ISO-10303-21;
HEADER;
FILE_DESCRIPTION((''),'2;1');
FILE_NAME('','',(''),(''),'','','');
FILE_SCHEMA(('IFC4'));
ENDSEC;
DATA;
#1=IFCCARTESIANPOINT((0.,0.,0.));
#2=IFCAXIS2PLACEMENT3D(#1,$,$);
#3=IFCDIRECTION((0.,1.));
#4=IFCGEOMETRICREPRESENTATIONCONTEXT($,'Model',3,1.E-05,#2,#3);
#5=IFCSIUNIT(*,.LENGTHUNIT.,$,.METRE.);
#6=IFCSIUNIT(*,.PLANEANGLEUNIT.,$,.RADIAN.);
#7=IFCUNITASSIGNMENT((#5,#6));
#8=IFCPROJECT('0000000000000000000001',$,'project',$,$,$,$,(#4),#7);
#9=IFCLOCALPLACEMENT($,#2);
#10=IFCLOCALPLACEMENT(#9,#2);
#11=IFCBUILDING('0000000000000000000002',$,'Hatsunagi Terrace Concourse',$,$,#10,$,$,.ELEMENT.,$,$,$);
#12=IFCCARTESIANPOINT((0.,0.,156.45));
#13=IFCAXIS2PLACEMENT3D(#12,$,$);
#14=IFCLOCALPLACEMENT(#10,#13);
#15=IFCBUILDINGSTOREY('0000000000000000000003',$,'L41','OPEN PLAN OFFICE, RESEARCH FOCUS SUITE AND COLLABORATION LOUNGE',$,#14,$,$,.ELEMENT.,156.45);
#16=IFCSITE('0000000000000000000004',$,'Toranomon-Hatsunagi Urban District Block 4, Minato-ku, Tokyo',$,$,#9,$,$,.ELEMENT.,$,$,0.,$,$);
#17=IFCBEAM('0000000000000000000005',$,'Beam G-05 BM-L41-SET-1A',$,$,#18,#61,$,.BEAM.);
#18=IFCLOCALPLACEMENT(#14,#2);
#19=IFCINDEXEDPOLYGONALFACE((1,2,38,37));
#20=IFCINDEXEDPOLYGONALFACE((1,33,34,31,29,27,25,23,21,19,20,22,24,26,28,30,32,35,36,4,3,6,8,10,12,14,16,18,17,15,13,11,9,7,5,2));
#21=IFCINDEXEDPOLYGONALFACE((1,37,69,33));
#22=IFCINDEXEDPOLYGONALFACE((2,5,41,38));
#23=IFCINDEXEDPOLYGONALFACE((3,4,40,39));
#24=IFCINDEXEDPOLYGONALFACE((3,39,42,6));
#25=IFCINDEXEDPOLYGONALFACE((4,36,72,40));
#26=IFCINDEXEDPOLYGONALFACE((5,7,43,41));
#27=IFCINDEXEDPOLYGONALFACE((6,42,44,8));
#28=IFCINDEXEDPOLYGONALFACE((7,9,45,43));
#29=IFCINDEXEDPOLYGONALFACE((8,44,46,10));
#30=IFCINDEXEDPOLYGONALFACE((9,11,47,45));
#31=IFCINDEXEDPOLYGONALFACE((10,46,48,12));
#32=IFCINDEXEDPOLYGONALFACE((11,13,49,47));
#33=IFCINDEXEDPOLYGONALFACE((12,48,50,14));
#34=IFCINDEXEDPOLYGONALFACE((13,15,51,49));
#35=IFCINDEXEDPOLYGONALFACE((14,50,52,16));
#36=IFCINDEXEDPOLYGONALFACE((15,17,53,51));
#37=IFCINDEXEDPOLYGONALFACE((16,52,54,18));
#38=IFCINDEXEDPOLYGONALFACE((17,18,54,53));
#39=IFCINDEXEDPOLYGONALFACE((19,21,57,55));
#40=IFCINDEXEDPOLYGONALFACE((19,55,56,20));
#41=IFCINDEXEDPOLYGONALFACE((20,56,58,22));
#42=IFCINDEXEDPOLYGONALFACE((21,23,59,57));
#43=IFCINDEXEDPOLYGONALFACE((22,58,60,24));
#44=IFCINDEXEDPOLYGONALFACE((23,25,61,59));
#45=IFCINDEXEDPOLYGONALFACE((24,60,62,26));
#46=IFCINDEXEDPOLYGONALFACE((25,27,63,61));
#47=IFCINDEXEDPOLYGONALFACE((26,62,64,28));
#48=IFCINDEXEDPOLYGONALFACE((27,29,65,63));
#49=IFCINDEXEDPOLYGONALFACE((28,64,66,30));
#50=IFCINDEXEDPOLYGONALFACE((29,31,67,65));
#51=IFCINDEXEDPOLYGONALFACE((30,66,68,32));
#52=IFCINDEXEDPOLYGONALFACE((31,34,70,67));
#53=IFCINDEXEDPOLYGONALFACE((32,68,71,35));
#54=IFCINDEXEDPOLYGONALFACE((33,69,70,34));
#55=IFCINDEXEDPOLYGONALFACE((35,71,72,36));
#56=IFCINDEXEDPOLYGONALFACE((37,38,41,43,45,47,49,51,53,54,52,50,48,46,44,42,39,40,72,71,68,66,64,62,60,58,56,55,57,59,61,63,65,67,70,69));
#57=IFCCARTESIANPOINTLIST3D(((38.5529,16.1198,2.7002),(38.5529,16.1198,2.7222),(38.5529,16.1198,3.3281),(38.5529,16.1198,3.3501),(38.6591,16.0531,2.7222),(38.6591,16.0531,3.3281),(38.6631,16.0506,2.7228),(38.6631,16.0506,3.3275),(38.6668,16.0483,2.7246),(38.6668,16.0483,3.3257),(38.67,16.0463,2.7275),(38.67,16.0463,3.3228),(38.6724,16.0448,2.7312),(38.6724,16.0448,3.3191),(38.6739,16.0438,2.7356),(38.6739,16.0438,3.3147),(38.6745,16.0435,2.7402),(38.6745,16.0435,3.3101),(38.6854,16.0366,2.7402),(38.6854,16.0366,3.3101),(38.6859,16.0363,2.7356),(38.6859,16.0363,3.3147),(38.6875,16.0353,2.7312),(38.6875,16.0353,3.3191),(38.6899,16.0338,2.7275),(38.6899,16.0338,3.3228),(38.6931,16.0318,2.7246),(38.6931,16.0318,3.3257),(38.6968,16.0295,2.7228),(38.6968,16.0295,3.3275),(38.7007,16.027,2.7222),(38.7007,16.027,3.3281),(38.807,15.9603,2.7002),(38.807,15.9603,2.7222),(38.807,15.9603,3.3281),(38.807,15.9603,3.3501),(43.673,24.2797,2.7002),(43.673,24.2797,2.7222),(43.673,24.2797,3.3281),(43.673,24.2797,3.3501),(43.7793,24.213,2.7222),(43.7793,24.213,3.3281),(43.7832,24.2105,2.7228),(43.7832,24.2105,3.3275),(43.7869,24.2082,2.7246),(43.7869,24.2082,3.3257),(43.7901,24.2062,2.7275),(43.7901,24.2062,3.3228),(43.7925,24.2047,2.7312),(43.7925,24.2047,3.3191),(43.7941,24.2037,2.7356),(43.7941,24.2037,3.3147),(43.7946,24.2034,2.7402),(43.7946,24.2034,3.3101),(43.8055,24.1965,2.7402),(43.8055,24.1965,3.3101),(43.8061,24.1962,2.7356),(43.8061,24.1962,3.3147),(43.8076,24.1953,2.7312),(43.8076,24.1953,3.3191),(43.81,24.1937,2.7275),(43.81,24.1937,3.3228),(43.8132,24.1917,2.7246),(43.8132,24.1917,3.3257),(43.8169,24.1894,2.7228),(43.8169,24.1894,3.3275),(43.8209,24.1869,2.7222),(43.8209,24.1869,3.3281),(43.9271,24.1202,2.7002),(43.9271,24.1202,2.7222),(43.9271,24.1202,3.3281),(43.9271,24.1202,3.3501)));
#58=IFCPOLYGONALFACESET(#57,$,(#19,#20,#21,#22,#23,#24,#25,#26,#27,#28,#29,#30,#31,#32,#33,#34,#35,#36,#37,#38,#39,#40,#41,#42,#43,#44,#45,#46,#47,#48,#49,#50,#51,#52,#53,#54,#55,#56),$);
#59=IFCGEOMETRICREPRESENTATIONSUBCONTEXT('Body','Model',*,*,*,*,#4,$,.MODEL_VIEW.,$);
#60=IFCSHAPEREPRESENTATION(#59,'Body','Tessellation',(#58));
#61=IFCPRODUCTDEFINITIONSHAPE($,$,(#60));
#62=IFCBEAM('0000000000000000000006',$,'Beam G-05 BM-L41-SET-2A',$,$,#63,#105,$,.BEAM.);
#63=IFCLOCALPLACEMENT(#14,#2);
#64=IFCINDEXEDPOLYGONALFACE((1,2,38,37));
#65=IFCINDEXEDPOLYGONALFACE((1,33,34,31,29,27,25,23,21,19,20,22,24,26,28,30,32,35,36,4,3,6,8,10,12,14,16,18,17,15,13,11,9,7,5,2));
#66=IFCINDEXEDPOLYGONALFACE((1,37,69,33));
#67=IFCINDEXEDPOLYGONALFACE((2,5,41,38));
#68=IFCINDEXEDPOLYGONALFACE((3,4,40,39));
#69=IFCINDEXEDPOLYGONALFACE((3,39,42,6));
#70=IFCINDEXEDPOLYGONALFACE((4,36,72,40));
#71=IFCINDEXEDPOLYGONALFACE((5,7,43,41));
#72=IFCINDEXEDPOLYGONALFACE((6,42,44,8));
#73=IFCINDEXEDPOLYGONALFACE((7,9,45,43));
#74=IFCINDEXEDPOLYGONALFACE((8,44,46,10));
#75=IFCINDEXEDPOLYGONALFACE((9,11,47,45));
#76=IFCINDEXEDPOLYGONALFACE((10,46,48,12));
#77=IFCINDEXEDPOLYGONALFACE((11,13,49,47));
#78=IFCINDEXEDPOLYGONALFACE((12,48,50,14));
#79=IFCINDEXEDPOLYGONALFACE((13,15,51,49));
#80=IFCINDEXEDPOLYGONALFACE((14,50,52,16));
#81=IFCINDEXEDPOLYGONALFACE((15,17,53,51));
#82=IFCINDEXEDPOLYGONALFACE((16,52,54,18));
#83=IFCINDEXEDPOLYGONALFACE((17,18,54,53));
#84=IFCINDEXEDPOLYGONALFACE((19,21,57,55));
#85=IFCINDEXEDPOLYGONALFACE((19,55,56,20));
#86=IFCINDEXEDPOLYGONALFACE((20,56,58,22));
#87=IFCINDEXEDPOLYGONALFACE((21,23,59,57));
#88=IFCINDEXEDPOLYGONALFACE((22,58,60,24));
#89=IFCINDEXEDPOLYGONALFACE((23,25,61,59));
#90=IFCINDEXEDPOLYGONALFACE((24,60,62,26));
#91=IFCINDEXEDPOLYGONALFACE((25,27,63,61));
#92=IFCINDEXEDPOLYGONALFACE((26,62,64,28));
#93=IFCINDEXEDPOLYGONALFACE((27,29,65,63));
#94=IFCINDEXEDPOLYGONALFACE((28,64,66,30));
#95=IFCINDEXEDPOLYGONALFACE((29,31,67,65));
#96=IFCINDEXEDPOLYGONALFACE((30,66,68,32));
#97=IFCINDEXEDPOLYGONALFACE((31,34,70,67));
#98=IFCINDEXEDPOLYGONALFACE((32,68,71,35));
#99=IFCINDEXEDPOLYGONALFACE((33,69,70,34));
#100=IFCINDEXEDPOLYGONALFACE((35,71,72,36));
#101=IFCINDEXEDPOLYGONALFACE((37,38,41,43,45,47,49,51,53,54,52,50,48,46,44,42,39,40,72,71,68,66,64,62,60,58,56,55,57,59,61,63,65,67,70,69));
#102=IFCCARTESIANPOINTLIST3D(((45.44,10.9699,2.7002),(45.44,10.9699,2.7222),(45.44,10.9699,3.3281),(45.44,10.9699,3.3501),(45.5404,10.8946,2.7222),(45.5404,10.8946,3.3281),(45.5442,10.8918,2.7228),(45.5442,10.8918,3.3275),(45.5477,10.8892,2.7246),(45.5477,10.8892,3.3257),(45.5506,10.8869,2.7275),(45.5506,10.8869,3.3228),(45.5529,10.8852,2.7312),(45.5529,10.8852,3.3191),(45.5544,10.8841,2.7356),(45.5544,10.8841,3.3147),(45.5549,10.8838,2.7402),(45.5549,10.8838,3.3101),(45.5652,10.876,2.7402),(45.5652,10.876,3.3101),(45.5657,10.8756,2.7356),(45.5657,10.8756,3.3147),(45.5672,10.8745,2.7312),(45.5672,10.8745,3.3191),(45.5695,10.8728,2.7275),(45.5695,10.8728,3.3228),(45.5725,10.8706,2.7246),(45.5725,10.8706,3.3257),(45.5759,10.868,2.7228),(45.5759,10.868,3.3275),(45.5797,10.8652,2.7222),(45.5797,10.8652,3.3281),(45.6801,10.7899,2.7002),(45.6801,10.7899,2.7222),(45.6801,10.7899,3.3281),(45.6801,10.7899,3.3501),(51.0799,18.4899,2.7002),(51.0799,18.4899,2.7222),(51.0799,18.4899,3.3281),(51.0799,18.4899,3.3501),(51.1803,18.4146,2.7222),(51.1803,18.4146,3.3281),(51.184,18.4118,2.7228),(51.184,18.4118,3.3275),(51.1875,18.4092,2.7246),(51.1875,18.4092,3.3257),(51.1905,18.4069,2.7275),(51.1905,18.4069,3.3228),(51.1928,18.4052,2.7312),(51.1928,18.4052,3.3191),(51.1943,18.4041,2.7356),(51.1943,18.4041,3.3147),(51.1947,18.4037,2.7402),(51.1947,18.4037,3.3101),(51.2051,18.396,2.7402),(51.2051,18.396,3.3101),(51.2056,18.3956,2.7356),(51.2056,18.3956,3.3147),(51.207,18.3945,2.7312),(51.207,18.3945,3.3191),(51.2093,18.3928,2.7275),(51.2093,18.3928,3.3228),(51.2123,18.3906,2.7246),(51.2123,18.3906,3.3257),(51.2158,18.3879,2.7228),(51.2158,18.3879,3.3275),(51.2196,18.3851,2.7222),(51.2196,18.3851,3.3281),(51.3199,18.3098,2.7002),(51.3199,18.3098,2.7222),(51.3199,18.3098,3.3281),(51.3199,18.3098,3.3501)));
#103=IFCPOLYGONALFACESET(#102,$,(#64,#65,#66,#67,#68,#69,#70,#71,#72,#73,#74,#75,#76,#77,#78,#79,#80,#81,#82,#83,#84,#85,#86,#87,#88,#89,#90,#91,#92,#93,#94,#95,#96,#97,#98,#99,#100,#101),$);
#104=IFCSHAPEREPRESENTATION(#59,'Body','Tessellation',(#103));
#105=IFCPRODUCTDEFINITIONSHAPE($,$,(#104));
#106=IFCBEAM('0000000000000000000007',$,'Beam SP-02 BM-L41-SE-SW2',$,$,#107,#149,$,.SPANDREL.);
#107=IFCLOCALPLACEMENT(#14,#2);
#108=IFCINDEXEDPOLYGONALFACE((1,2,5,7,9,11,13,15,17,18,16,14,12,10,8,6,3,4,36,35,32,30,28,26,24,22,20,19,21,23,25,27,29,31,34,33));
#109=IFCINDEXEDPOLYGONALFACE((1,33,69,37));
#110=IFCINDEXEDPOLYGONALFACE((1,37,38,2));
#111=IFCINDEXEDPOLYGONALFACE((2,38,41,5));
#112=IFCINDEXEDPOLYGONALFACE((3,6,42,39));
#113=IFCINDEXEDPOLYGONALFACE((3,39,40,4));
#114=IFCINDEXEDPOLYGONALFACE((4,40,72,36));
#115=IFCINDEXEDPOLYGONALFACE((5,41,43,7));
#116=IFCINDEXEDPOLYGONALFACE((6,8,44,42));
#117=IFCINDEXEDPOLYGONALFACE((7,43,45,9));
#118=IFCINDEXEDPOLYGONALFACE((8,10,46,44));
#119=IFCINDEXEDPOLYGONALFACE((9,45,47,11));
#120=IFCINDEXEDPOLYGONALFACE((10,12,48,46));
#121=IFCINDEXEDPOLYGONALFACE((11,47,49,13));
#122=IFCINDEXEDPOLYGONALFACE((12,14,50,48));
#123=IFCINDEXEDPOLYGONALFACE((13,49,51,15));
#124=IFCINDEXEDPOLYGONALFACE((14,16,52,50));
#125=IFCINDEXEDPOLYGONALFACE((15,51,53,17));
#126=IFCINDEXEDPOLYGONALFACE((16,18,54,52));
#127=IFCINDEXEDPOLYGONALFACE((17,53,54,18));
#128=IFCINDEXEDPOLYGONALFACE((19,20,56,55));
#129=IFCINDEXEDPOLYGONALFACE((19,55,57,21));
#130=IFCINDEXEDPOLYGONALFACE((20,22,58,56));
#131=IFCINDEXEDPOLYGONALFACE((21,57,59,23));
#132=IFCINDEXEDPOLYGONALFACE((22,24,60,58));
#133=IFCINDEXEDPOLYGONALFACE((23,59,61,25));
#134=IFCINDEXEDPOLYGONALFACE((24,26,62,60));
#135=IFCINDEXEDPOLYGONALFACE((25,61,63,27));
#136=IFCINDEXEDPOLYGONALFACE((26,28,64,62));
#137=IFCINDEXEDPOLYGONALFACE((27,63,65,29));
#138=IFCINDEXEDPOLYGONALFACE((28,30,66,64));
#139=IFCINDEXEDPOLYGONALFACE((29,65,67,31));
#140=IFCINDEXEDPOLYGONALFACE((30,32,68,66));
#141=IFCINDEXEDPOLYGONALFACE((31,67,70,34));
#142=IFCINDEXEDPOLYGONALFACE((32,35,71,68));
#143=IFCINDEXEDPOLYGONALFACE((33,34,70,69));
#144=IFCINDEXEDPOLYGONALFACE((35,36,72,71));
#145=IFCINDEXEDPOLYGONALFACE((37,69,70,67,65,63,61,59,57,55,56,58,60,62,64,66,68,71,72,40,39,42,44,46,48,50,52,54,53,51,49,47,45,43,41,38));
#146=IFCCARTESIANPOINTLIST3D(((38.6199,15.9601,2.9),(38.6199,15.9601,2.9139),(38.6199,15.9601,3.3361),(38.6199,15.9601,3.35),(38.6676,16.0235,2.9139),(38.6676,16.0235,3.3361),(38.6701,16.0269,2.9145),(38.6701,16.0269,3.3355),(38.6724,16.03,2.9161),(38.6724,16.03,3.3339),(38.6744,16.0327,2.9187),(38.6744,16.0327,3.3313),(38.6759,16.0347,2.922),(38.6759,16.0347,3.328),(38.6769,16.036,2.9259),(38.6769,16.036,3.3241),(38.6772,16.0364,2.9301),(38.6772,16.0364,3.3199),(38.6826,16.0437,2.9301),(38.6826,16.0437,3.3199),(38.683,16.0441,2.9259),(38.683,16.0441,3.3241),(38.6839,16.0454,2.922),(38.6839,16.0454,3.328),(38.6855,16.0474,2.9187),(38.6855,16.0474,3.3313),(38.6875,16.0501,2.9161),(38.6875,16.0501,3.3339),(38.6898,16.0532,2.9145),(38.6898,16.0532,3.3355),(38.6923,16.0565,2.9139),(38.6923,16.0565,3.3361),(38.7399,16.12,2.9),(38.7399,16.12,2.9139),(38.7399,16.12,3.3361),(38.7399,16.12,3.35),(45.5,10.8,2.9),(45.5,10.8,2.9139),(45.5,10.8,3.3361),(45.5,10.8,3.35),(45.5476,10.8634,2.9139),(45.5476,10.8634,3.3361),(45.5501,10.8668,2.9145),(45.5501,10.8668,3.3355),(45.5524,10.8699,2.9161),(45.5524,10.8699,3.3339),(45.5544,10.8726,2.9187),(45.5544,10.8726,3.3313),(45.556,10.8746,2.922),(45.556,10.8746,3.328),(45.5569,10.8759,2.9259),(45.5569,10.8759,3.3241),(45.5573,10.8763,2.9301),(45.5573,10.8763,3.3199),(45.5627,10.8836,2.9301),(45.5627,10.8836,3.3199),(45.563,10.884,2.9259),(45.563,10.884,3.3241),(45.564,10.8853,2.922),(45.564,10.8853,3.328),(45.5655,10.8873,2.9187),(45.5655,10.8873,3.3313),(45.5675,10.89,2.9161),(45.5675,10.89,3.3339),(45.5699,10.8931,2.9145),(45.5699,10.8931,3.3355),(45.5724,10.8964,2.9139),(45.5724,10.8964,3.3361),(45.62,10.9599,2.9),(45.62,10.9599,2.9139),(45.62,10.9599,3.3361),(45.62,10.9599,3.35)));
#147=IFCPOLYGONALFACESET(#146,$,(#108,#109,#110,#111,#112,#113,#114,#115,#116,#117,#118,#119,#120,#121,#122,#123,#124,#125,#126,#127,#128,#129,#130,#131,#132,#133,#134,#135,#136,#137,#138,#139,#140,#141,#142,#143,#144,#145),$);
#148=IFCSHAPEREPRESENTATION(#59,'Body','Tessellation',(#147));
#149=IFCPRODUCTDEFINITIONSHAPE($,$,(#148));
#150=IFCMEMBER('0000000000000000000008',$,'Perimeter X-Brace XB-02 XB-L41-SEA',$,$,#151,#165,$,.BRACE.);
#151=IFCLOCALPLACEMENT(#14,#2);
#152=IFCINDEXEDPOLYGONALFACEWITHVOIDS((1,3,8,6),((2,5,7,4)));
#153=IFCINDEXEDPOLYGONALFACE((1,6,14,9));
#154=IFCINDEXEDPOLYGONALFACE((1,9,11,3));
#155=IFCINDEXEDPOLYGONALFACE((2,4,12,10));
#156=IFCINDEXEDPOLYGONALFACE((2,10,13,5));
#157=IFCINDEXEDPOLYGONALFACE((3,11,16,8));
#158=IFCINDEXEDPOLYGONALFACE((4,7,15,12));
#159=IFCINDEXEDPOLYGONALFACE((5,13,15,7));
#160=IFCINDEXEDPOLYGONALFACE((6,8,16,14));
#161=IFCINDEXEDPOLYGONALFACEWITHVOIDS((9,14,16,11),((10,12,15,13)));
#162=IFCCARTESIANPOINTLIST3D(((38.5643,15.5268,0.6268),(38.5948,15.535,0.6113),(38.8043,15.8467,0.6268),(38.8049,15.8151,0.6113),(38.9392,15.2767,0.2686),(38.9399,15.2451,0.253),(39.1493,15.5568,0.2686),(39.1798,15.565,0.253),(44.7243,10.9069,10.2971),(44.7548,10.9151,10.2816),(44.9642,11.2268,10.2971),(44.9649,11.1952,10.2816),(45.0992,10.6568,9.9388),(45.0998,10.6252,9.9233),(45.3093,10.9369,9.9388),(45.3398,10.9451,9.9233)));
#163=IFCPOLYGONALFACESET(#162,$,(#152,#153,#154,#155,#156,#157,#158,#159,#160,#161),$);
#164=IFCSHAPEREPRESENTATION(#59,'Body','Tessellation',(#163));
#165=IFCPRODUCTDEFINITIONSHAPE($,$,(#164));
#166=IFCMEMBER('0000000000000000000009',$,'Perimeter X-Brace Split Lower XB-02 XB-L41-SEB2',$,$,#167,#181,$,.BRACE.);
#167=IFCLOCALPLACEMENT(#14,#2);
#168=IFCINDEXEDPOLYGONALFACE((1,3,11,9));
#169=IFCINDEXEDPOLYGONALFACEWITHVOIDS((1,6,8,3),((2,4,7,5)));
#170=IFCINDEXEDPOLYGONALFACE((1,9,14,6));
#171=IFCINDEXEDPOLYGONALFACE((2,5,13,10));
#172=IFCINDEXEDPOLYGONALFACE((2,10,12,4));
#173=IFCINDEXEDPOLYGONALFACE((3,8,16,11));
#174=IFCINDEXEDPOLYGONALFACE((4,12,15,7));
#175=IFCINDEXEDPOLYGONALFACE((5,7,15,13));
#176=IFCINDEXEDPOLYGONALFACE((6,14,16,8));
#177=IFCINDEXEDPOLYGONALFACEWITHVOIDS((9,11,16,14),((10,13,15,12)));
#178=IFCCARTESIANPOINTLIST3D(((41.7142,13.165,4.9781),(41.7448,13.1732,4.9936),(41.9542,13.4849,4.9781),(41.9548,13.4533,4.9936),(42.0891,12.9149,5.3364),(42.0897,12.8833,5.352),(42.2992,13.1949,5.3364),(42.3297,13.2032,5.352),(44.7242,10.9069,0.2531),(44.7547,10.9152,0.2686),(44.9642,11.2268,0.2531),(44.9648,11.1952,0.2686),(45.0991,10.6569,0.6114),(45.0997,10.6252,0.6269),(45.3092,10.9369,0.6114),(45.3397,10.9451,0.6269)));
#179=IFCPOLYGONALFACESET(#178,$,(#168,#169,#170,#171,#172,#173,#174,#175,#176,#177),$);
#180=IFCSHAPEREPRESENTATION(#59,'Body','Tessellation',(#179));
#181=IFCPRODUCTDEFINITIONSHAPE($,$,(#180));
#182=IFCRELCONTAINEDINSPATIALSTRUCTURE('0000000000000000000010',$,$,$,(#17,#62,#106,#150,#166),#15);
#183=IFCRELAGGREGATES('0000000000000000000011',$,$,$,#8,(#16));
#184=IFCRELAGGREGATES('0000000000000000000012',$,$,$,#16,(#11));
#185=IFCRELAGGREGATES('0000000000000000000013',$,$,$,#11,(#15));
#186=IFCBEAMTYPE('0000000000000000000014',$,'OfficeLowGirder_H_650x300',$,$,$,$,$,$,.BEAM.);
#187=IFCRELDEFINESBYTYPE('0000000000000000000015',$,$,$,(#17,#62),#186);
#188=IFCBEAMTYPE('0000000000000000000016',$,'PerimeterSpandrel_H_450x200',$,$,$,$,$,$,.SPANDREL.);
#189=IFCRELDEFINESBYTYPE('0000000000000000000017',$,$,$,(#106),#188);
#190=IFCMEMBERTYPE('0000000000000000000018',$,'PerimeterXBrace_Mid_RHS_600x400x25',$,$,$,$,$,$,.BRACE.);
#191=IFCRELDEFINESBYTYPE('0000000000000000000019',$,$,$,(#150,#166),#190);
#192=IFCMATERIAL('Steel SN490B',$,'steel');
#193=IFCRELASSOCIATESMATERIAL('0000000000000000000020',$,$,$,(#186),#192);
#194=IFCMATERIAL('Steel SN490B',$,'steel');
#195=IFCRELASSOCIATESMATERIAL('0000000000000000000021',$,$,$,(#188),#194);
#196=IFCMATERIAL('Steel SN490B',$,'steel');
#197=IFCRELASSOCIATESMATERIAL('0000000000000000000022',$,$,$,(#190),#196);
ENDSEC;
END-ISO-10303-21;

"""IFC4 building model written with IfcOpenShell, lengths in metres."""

from ifc_helpers import new_model, si_unit, direction, frame, origin, origin_2d, place, context, subcontext, project, spatial, hollow_rectangle, i_section, extrude, material, material_profile, profile_set, type_object, element, save


model = new_model("IFC4")

# Units and contexts
model_context = context("Model", 3, precision=1e-05, world=origin(), true_north=direction((0.0, 1.0)))
body_context = subcontext(model_context, "Body", "Model", "MODEL_VIEW")
ifc_project = project(units=[si_unit("LENGTHUNIT", "METRE"), si_unit("PLANEANGLEUNIT", "RADIAN")], contexts=[model_context])

# Site, building, storey
site_placement = place(None, origin())
site = spatial("IfcSite", under=ifc_project, at=site_placement, Name="Toranomon-Hatsunagi Urban District Block 4, Minato-ku, Tokyo", CompositionType="ELEMENT", RefElevation=0.0)
building_placement = place(site_placement, origin())
building = spatial("IfcBuilding", under=site, at=building_placement, Name="Hatsunagi Terrace Concourse", CompositionType="ELEMENT")
storey_placement = place(building_placement, frame((0.0, 0.0, 156.45)))
storey = spatial("IfcBuildingStorey", under=building, at=storey_placement, Name="L41", Description="OPEN PLAN OFFICE, RESEARCH FOCUS SUITE AND COLLABORATION LOUNGE", CompositionType="ELEMENT", Elevation=156.45)

# Beams
ifc_material_1 = material(Name="Steel SN490B", Category="steel")
ifc_material_profile_1 = material_profile(ifc_material_1, i_section(OverallWidth=0.3, OverallDepth=0.6499, WebThickness=0.0129, FlangeThickness=0.022, FilletRadius=0.0181, at=origin_2d()), Name="H-650x300x13x22")
ifc_profile_set_1 = profile_set([ifc_material_profile_1], Name="Steel SN490B")
beam_type_1 = type_object("IfcBeamType", Name="OfficeLowGirder_H_650x300", PredefinedType="BEAM", material=ifc_profile_set_1)
beam_1_placement = place(storey_placement, frame((38.6799, 16.04, 3.0251), z_axis=(0.531504, 0.847056, 0.0), x_axis=(-0.847056, 0.531504, 0.0)))
element("IfcBeam", 1, at=beam_1_placement, inside=storey, type_object=beam_type_1, Name="Beam G-05 BM-L41-SET-1A", PredefinedType="BEAM", context=body_context, shape_type="SweptSolid", body=[
    extrude(i_section(OverallWidth=0.3, OverallDepth=0.6499, WebThickness=0.0129, FlangeThickness=0.022, FilletRadius=0.0181, at=origin_2d()), origin(), (0.0, 0.0, 1.0), 9.6333),
])
beam_2_placement = place(storey_placement, frame((45.5601, 10.8799, 3.0251), z_axis=(0.599992, 0.800006, 0.0), x_axis=(-0.800006, 0.599992, 0.0)))
element("IfcBeam", 2, at=beam_2_placement, inside=storey, type_object=beam_type_1, Name="Beam G-05 BM-L41-SET-2A", PredefinedType="BEAM", context=body_context, shape_type="SweptSolid", body=[
    extrude(i_section(OverallWidth=0.3, OverallDepth=0.6499, WebThickness=0.0129, FlangeThickness=0.022, FilletRadius=0.0181, at=origin_2d()), origin(), (0.0, 0.0, 1.0), 9.3999),
])
ifc_material_2 = material(Name="Steel SN490B", Category="steel")
ifc_material_profile_2 = material_profile(ifc_material_2, i_section(OverallWidth=0.2, OverallDepth=0.45, WebThickness=0.009, FlangeThickness=0.0139, FilletRadius=0.0161, at=origin_2d()), Name="H-450x200x9x14")
ifc_profile_set_2 = profile_set([ifc_material_profile_2], Name="Steel SN490B")
beam_type_2 = type_object("IfcBeamType", Name="PerimeterSpandrel_H_450x200", PredefinedType="SPANDREL", material=ifc_profile_set_2)
beam_3_placement = place(storey_placement, frame((38.6799, 16.04, 3.125), z_axis=(0.799997, -0.600005, 0.0), x_axis=(0.600005, 0.799997, 0.0)))
element("IfcBeam", 3, at=beam_3_placement, inside=storey, type_object=beam_type_2, Name="Beam SP-02 BM-L41-SE-SW2", PredefinedType="SPANDREL", context=body_context, shape_type="SweptSolid", body=[
    extrude(i_section(OverallWidth=0.2, OverallDepth=0.45, WebThickness=0.009, FlangeThickness=0.0139, FilletRadius=0.0161, at=origin_2d()), origin(), (0.0, 0.0, 1.0), 8.6001),
])

# Members
ifc_material_3 = material(Name="Steel SN490B", Category="steel")
ifc_material_profile_3 = material_profile(ifc_material_3, hollow_rectangle(XDim=0.3999, YDim=0.6001, WallThickness=0.0249, at=origin_2d()), Name="RHS-600x400x25")
ifc_profile_set_3 = profile_set([ifc_material_profile_3], Name="Steel SN490B")
member_type = type_object("IfcMemberType", Name="PerimeterXBrace_Mid_RHS_600x400x25", PredefinedType="BRACE", material=ifc_profile_set_3)
member_1_placement = place(storey_placement, frame((38.8721, 15.5459, 0.4399), z_axis=(0.498325, -0.373739, 0.782298), x_axis=(0.599995, 0.800004, 0.0)))
element("IfcMember", 4, at=member_1_placement, inside=storey, type_object=member_type, Name="Perimeter X-Brace XB-02 XB-L41-SEA", PredefinedType="BRACE", context=body_context, shape_type="SweptSolid", body=[
    extrude(hollow_rectangle(XDim=0.3999, YDim=0.6001, WallThickness=0.0249, at=origin_2d()), origin(), (0.0, 0.0, 1.0), 12.3613),
])
member_2_placement = place(storey_placement, frame((42.022, 13.1841, 5.165), z_axis=(0.498319, -0.37383, -0.782259), x_axis=(0.600093, 0.79993, 0.0)))
element("IfcMember", 5, at=member_2_placement, inside=storey, type_object=member_type, Name="Perimeter X-Brace Split Lower XB-02 XB-L41-SEB2", PredefinedType="BRACE", context=body_context, shape_type="SweptSolid", body=[
    extrude(hollow_rectangle(XDim=0.3999, YDim=0.6001, WallThickness=0.0249, at=origin_2d()), origin(), (0.0, 0.0, 1.0), 6.0403),
])

save(model, "model.ifc")
